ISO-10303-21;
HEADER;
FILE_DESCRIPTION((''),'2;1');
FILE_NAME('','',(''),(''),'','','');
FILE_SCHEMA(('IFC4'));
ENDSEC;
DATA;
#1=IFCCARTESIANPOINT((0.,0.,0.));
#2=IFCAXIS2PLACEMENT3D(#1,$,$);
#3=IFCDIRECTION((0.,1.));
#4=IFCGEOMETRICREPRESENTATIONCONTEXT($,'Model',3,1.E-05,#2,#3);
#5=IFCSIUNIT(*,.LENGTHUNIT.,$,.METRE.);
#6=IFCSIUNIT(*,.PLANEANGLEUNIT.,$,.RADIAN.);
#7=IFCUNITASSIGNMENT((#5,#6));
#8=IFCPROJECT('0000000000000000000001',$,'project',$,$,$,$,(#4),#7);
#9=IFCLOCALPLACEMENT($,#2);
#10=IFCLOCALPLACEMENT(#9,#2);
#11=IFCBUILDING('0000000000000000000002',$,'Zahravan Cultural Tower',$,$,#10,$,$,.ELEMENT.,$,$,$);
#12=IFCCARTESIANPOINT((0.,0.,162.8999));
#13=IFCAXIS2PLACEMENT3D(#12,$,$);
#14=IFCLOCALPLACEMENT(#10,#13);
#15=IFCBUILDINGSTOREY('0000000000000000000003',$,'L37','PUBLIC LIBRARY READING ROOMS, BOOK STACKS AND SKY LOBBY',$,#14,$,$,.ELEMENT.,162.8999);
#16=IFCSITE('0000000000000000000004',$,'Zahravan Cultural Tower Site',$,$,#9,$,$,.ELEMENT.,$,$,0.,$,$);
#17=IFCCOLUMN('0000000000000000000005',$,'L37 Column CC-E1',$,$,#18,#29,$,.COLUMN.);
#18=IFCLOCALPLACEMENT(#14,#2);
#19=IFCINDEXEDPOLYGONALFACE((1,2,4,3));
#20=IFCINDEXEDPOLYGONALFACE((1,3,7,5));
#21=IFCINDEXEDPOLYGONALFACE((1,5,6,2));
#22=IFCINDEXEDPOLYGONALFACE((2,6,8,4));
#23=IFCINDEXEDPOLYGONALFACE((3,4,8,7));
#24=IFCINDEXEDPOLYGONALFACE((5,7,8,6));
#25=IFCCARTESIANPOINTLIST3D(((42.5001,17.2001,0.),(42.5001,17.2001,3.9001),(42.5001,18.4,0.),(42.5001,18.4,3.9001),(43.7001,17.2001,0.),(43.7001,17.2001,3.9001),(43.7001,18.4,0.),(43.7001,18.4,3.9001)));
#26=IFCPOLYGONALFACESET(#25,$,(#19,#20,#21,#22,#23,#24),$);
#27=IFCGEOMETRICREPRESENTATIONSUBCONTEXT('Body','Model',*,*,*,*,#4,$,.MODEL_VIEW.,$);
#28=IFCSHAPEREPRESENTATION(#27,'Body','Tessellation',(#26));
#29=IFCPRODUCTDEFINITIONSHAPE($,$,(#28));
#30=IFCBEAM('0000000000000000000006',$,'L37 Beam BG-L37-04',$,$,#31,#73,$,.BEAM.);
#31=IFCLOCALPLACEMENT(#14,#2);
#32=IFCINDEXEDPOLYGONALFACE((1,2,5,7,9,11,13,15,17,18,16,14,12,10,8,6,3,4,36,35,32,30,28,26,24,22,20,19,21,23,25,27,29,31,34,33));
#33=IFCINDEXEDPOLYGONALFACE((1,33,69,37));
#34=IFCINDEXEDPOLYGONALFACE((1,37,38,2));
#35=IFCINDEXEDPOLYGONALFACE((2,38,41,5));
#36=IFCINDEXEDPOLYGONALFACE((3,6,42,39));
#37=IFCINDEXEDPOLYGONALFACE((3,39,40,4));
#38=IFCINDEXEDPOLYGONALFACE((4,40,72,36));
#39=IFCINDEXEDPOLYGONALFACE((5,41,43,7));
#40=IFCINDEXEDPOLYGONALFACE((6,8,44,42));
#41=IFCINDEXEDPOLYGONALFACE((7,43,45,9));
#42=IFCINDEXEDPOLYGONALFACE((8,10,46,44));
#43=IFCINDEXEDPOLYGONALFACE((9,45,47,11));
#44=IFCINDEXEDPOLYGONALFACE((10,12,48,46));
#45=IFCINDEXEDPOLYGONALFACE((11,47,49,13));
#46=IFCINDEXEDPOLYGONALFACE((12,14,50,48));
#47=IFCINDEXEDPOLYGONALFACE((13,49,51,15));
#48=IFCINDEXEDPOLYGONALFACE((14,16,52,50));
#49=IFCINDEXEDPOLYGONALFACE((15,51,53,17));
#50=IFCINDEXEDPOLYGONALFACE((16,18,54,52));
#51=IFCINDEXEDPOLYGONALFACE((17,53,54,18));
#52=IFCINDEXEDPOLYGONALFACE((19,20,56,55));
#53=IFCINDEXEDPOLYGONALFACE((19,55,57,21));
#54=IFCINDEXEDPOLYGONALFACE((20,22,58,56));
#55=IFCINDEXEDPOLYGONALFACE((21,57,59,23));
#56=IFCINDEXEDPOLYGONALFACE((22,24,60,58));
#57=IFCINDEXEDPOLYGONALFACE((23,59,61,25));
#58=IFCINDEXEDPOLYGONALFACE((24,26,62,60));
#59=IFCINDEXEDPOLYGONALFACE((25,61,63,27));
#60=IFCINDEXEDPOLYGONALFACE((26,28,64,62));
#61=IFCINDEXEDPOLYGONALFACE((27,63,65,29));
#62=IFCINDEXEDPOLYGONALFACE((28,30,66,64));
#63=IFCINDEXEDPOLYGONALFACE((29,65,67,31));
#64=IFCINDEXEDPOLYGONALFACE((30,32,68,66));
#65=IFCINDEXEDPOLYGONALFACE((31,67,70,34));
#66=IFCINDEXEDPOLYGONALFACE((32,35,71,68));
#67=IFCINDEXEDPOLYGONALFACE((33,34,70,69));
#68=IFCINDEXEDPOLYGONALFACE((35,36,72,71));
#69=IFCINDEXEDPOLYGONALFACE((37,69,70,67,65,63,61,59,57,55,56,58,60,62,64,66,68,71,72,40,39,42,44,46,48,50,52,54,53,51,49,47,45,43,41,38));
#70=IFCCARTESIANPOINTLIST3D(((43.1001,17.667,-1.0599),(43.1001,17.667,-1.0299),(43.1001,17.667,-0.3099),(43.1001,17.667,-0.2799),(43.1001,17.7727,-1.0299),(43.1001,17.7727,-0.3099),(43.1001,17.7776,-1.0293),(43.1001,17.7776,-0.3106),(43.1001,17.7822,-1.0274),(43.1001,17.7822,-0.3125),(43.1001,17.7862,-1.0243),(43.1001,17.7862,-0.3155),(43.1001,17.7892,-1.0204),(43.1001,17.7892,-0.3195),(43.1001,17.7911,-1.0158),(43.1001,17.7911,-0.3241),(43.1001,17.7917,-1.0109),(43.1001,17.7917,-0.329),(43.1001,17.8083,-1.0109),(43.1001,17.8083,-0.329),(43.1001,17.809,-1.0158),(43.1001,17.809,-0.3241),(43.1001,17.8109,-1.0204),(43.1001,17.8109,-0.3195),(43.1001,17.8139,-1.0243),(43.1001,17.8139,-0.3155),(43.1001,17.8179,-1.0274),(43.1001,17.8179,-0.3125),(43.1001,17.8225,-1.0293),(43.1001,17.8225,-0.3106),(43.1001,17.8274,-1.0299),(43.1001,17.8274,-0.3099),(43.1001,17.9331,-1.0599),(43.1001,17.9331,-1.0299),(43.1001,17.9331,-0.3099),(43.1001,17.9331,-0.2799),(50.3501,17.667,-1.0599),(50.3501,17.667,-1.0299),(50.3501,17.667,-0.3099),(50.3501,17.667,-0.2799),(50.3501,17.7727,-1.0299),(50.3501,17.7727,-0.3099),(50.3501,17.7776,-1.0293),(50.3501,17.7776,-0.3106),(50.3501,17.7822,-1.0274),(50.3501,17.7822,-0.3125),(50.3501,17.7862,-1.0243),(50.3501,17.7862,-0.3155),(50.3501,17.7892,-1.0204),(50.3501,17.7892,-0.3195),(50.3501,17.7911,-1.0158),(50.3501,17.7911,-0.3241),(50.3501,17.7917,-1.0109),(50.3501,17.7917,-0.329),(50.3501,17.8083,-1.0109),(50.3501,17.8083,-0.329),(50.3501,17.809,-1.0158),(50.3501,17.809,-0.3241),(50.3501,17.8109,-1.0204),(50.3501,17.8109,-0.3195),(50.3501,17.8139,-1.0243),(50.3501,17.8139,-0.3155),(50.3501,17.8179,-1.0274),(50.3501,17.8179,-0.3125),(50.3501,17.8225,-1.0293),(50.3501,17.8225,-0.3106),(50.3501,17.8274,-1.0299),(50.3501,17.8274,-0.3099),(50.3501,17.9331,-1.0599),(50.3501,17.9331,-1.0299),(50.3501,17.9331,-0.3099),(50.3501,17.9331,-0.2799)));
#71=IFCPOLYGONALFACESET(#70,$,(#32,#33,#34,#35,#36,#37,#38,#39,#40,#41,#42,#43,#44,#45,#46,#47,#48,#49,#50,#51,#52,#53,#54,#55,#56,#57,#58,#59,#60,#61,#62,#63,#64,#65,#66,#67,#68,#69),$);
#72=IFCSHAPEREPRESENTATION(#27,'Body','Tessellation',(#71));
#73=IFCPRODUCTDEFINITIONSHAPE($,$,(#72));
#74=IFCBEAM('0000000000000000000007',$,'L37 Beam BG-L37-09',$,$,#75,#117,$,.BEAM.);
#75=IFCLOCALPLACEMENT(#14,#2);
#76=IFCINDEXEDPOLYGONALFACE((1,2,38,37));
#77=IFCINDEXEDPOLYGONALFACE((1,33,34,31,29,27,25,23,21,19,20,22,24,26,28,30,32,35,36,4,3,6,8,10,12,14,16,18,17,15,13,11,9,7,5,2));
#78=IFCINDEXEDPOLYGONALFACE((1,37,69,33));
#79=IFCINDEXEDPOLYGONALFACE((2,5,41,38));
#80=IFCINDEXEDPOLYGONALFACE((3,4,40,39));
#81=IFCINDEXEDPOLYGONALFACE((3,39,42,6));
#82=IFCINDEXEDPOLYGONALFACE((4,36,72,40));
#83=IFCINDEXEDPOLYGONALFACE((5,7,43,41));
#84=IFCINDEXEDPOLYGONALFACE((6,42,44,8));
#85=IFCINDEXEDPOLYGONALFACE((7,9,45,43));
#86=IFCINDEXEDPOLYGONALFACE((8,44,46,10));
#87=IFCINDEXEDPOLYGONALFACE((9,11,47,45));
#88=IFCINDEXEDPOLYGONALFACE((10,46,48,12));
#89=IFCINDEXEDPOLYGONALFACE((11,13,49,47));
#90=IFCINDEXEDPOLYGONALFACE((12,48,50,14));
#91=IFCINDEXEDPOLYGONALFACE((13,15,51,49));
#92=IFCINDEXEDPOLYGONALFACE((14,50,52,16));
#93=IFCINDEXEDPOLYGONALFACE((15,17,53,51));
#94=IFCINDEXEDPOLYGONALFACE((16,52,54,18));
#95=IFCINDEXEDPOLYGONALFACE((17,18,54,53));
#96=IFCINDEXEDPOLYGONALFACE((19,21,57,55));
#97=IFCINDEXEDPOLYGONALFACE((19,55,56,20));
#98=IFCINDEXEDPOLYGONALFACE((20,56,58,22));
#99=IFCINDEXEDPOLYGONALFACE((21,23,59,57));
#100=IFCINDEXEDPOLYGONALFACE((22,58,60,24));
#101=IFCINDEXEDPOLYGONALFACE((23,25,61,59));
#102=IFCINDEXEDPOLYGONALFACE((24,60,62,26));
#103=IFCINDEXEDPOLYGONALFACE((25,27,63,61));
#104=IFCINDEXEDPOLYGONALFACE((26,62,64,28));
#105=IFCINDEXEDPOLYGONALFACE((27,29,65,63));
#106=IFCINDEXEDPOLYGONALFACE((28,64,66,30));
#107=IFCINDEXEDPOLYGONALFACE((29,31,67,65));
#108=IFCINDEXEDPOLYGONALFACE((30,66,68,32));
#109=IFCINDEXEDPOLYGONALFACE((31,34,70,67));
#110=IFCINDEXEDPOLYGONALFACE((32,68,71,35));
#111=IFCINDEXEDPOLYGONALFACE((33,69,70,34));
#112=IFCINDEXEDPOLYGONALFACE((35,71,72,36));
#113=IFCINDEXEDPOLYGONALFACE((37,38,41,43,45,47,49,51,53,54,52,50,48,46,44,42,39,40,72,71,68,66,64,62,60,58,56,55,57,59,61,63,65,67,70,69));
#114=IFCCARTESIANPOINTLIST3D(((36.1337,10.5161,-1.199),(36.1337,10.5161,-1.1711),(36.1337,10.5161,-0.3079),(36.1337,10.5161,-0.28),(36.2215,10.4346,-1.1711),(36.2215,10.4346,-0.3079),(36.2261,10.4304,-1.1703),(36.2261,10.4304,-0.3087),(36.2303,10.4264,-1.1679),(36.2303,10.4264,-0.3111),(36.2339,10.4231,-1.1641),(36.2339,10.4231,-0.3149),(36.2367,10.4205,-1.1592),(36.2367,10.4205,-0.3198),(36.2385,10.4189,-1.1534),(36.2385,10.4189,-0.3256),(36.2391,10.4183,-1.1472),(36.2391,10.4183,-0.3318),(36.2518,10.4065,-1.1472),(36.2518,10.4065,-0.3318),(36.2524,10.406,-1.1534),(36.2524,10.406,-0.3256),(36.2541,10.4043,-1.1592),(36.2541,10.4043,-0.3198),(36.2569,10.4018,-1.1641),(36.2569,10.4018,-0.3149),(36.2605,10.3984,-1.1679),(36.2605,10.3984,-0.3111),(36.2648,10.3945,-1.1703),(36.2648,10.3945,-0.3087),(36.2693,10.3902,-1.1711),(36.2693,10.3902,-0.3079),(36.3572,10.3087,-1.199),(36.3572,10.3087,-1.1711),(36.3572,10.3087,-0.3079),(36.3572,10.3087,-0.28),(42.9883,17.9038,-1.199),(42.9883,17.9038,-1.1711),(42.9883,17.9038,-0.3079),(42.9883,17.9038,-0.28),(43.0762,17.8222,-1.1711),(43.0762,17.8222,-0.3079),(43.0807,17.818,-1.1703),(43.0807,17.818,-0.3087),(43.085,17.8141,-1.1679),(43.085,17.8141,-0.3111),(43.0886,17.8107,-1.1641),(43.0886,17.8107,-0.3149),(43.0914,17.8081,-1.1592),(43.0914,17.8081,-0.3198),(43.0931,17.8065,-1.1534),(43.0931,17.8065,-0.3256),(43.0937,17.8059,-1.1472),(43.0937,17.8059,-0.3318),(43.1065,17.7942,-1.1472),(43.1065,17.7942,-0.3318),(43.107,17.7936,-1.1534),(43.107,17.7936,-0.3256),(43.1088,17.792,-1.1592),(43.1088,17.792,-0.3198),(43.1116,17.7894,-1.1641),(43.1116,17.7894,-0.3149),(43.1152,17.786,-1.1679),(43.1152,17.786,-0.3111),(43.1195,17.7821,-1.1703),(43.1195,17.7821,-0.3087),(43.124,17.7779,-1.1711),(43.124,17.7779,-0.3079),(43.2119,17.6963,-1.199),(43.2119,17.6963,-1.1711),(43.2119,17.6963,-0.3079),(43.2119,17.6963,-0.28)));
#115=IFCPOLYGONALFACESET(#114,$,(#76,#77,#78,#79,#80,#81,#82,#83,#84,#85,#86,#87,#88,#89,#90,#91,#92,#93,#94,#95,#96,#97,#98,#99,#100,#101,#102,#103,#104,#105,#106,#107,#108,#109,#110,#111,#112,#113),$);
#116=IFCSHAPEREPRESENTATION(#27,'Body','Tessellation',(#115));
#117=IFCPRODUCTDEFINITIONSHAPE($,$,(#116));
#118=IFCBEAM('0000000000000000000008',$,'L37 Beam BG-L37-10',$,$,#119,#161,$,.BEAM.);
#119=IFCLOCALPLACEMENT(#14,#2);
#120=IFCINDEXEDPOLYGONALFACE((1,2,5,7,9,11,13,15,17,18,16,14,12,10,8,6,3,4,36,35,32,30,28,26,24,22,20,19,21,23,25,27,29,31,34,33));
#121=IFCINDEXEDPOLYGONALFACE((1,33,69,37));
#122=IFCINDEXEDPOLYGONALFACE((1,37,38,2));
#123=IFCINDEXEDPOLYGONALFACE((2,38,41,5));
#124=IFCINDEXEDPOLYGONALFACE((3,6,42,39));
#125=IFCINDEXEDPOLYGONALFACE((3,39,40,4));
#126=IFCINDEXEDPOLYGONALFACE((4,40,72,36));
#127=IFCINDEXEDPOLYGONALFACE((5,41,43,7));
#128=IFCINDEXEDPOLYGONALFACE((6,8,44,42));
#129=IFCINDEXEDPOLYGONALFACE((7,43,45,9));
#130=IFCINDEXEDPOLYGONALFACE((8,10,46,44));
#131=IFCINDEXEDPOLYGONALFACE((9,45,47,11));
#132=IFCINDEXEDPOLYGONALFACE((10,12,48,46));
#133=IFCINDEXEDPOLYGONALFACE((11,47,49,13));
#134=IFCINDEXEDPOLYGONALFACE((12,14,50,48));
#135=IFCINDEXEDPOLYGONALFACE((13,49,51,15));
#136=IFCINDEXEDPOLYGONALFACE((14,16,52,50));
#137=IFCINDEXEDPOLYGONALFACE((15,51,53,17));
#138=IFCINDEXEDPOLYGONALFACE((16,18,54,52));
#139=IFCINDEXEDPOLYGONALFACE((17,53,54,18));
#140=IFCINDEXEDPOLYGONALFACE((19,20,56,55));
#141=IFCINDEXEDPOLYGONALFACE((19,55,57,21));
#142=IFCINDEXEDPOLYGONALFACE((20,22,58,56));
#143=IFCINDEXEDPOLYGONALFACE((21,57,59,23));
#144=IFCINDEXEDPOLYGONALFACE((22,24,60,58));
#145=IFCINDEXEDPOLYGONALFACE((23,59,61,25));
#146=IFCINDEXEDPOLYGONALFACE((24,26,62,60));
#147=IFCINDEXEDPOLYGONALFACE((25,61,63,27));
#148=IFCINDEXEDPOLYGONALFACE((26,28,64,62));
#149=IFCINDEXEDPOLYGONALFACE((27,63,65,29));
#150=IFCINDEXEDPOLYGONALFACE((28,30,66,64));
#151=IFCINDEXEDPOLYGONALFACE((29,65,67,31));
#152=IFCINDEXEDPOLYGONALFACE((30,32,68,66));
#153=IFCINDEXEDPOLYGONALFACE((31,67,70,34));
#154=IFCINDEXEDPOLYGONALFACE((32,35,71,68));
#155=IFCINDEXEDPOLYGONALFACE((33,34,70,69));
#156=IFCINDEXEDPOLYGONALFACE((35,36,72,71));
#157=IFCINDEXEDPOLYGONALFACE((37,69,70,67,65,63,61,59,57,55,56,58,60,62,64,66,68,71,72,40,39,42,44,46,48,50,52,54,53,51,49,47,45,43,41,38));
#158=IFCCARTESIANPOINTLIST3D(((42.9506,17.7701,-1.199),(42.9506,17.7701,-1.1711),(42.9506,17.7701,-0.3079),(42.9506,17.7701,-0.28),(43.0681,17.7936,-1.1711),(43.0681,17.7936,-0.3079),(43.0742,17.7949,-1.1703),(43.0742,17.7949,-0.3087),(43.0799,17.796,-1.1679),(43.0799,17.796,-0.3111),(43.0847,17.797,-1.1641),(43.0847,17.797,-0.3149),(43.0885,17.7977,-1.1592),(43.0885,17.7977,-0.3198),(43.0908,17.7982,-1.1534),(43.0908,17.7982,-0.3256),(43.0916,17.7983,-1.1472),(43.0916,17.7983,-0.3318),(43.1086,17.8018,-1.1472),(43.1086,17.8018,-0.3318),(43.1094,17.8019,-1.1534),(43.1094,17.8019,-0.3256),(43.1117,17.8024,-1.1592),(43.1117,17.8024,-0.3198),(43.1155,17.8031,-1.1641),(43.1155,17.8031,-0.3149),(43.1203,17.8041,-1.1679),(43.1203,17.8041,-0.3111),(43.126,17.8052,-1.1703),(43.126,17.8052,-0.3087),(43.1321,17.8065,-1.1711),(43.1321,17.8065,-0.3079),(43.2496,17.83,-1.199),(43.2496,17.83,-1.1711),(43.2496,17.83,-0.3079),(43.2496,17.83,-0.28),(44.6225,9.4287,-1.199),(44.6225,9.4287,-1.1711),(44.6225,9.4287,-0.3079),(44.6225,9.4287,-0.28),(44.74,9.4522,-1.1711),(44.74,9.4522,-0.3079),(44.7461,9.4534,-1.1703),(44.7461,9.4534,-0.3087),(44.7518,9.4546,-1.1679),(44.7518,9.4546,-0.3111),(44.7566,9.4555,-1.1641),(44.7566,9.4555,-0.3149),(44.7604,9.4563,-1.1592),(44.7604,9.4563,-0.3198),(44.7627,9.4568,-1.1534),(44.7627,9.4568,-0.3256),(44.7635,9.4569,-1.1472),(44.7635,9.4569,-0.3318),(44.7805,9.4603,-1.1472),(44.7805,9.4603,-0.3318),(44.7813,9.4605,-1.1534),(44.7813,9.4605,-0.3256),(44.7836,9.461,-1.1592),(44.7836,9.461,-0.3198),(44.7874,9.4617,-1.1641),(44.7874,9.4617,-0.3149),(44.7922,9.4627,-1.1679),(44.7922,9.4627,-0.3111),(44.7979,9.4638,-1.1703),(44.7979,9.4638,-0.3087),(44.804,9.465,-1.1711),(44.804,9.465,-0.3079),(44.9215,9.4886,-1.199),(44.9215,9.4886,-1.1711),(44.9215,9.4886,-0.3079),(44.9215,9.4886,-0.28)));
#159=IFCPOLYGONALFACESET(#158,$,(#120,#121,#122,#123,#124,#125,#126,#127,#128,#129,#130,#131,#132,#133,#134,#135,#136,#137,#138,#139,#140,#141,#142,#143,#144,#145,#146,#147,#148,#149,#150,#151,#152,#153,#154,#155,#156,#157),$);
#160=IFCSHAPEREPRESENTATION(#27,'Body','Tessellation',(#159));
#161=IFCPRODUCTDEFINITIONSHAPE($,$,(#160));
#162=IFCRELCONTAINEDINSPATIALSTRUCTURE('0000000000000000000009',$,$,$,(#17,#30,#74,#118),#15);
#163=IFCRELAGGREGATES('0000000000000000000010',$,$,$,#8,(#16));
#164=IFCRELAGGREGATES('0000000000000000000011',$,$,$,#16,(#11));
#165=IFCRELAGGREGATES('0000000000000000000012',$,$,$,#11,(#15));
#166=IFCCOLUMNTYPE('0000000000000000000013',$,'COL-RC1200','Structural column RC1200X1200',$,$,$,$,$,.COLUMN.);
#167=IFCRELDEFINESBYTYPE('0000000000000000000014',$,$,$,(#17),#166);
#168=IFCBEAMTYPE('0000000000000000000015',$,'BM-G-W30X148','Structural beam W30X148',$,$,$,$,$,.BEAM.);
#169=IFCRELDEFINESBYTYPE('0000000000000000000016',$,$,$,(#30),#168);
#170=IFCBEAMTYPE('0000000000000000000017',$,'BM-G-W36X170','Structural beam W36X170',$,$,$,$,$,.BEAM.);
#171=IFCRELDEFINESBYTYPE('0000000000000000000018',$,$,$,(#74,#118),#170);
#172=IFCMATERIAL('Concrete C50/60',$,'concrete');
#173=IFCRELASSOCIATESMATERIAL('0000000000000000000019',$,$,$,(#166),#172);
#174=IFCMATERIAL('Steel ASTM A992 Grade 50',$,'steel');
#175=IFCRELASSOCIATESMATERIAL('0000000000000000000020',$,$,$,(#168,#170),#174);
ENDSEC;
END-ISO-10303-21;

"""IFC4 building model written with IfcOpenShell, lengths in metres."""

from ifc_helpers import new_model, si_unit, direction, frame, origin, origin_2d, place, context, subcontext, project, spatial, rectangle, i_section, extrude, source, transform, mapped, material, material_profile, profile_set, type_object, element, save


model = new_model("IFC4")

# Units and contexts
model_context = context("Model", 3, precision=1e-05, world=origin(), true_north=direction((0.0, 1.0)))
body_context = subcontext(model_context, "Body", "Model", "MODEL_VIEW")
ifc_project = project(units=[si_unit("LENGTHUNIT", "METRE"), si_unit("PLANEANGLEUNIT", "RADIAN")], contexts=[model_context])

# Site, building, storey
site_placement = place(None, origin())
site = spatial("IfcSite", under=ifc_project, at=site_placement, Name="Zahravan Cultural Tower Site", CompositionType="ELEMENT", RefElevation=0.0)
building_placement = place(site_placement, origin())
building = spatial("IfcBuilding", under=site, at=building_placement, Name="Zahravan Cultural Tower", CompositionType="ELEMENT")
storey_placement = place(building_placement, frame((0.0, 0.0, 162.8999)))
storey = spatial("IfcBuildingStorey", under=building, at=storey_placement, Name="L37", Description="PUBLIC LIBRARY READING ROOMS, BOOK STACKS AND SKY LOBBY", CompositionType="ELEMENT", Elevation=162.8999)

# Column
ifc_material_1 = material(Name="Concrete C50/60", Category="concrete")
ifc_material_profile_1 = material_profile(ifc_material_1, rectangle(XDim=1.2, YDim=1.2, at=origin_2d()), Name="RC1200X1200")
ifc_profile_set_1 = profile_set([ifc_material_profile_1], Name="Concrete C50/60")
column_type = type_object("IfcColumnType", Name="COL-RC1200", Description="Structural column RC1200X1200", PredefinedType="COLUMN", material=ifc_profile_set_1)
shared_shape_1 = source(origin(), body_context, "Body", "SweptSolid", [
    extrude(rectangle(XDim=1.2, YDim=1.2, at=origin_2d()), origin(), (0.0, 0.0, 1.0), 3.9001),
])
column_placement = place(storey_placement, frame((43.1001, 17.8, 0.0), z_axis=(0.0, 0.0, 1.0), x_axis=(1.0, 0.0, 0.0)))
element("IfcColumn", 1, at=column_placement, inside=storey, type_object=column_type, Name="L37 Column CC-E1", PredefinedType="COLUMN", context=body_context, shape_type="MappedRepresentation", body=[
    mapped(shared_shape_1, transform((0.0, 0.0, 0.0), x_axis=(1.0, 0.0, 0.0), y_axis=(0.0, 1.0, 0.0), z_axis=(0.0, 0.0, 1.0), scale=1.0)),
])

# Beams
ifc_material_2 = material(Name="Steel ASTM A992 Grade 50", Category="steel")
ifc_material_profile_2 = material_profile(ifc_material_2, i_section(OverallWidth=0.2661, OverallDepth=0.78, WebThickness=0.0166, FlangeThickness=0.03, FilletRadius=0.019, at=origin_2d()), Name="W30X148")
ifc_profile_set_2 = profile_set([ifc_material_profile_2], Name="Steel ASTM A992 Grade 50")
beam_type_1 = type_object("IfcBeamType", Name="BM-G-W30X148", Description="Structural beam W30X148", PredefinedType="BEAM", material=ifc_profile_set_2)
shared_shape_2 = source(origin(), body_context, "Body", "SweptSolid", [
    extrude(i_section(OverallWidth=0.2661, OverallDepth=0.78, WebThickness=0.0166, FlangeThickness=0.03, FilletRadius=0.019, at=origin_2d()), origin(), (0.0, 0.0, 1.0), 7.25),
])
beam_1_placement = place(storey_placement, frame((43.1001, 17.8, -0.6699), z_axis=(1.0, 0.0, 0.0), x_axis=(0.0, 1.0, 0.0)))
element("IfcBeam", 2, at=beam_1_placement, inside=storey, type_object=beam_type_1, Name="L37 Beam BG-L37-04", PredefinedType="BEAM", context=body_context, shape_type="MappedRepresentation", body=[
    mapped(shared_shape_2, transform((0.0, 0.0, 0.0), x_axis=(1.0, 0.0, 0.0), y_axis=(0.0, 1.0, 0.0), z_axis=(0.0, 0.0, 1.0), scale=1.0)),
])
ifc_material_profile_3 = material_profile(ifc_material_2, i_section(OverallWidth=0.3049, OverallDepth=0.9189, WebThickness=0.0173, FlangeThickness=0.0278, FilletRadius=0.0239, at=origin_2d()), Name="W36X170")
ifc_profile_set_3 = profile_set([ifc_material_profile_3], Name="Steel ASTM A992 Grade 50")
beam_type_2 = type_object("IfcBeamType", Name="BM-G-W36X170", Description="Structural beam W36X170", PredefinedType="BEAM", material=ifc_profile_set_3)
shared_shape_3 = source(origin(), body_context, "Body", "SweptSolid", [
    extrude(i_section(OverallWidth=0.3049, OverallDepth=0.9189, WebThickness=0.0173, FlangeThickness=0.0278, FilletRadius=0.0239, at=origin_2d()), origin(), (0.0, 0.0, 1.0), 10.0779),
])
beam_2_placement = place(storey_placement, frame((43.1001, 17.8, -0.7395), z_axis=(-0.68017, -0.733054, 0.0), x_axis=(0.733054, -0.68017, 0.0)))
element("IfcBeam", 3, at=beam_2_placement, inside=storey, type_object=beam_type_2, Name="L37 Beam BG-L37-09", PredefinedType="BEAM", context=body_context, shape_type="MappedRepresentation", body=[
    mapped(shared_shape_3, transform((0.0, 0.0, 0.0), x_axis=(1.0, 0.0, 0.0), y_axis=(0.0, 1.0, 0.0), z_axis=(0.0, 0.0, 1.0), scale=1.0)),
])
shared_shape_4 = source(origin(), body_context, "Body", "SweptSolid", [
    extrude(i_section(OverallWidth=0.3049, OverallDepth=0.9189, WebThickness=0.0173, FlangeThickness=0.0278, FilletRadius=0.0239, at=origin_2d()), origin(), (0.0, 0.0, 1.0), 8.5073),
])
beam_3_placement = place(storey_placement, frame((43.1001, 17.8, -0.7395), z_axis=(0.196525, -0.980499, 0.0), x_axis=(0.980499, 0.196525, 0.0)))
element("IfcBeam", 4, at=beam_3_placement, inside=storey, type_object=beam_type_2, Name="L37 Beam BG-L37-10", PredefinedType="BEAM", context=body_context, shape_type="MappedRepresentation", body=[
    mapped(shared_shape_4, transform((0.0, 0.0, 0.0), x_axis=(1.0, 0.0, 0.0), y_axis=(0.0, 1.0, 0.0), z_axis=(0.0, 0.0, 1.0), scale=1.0)),
])

save(model, "model.ifc")
